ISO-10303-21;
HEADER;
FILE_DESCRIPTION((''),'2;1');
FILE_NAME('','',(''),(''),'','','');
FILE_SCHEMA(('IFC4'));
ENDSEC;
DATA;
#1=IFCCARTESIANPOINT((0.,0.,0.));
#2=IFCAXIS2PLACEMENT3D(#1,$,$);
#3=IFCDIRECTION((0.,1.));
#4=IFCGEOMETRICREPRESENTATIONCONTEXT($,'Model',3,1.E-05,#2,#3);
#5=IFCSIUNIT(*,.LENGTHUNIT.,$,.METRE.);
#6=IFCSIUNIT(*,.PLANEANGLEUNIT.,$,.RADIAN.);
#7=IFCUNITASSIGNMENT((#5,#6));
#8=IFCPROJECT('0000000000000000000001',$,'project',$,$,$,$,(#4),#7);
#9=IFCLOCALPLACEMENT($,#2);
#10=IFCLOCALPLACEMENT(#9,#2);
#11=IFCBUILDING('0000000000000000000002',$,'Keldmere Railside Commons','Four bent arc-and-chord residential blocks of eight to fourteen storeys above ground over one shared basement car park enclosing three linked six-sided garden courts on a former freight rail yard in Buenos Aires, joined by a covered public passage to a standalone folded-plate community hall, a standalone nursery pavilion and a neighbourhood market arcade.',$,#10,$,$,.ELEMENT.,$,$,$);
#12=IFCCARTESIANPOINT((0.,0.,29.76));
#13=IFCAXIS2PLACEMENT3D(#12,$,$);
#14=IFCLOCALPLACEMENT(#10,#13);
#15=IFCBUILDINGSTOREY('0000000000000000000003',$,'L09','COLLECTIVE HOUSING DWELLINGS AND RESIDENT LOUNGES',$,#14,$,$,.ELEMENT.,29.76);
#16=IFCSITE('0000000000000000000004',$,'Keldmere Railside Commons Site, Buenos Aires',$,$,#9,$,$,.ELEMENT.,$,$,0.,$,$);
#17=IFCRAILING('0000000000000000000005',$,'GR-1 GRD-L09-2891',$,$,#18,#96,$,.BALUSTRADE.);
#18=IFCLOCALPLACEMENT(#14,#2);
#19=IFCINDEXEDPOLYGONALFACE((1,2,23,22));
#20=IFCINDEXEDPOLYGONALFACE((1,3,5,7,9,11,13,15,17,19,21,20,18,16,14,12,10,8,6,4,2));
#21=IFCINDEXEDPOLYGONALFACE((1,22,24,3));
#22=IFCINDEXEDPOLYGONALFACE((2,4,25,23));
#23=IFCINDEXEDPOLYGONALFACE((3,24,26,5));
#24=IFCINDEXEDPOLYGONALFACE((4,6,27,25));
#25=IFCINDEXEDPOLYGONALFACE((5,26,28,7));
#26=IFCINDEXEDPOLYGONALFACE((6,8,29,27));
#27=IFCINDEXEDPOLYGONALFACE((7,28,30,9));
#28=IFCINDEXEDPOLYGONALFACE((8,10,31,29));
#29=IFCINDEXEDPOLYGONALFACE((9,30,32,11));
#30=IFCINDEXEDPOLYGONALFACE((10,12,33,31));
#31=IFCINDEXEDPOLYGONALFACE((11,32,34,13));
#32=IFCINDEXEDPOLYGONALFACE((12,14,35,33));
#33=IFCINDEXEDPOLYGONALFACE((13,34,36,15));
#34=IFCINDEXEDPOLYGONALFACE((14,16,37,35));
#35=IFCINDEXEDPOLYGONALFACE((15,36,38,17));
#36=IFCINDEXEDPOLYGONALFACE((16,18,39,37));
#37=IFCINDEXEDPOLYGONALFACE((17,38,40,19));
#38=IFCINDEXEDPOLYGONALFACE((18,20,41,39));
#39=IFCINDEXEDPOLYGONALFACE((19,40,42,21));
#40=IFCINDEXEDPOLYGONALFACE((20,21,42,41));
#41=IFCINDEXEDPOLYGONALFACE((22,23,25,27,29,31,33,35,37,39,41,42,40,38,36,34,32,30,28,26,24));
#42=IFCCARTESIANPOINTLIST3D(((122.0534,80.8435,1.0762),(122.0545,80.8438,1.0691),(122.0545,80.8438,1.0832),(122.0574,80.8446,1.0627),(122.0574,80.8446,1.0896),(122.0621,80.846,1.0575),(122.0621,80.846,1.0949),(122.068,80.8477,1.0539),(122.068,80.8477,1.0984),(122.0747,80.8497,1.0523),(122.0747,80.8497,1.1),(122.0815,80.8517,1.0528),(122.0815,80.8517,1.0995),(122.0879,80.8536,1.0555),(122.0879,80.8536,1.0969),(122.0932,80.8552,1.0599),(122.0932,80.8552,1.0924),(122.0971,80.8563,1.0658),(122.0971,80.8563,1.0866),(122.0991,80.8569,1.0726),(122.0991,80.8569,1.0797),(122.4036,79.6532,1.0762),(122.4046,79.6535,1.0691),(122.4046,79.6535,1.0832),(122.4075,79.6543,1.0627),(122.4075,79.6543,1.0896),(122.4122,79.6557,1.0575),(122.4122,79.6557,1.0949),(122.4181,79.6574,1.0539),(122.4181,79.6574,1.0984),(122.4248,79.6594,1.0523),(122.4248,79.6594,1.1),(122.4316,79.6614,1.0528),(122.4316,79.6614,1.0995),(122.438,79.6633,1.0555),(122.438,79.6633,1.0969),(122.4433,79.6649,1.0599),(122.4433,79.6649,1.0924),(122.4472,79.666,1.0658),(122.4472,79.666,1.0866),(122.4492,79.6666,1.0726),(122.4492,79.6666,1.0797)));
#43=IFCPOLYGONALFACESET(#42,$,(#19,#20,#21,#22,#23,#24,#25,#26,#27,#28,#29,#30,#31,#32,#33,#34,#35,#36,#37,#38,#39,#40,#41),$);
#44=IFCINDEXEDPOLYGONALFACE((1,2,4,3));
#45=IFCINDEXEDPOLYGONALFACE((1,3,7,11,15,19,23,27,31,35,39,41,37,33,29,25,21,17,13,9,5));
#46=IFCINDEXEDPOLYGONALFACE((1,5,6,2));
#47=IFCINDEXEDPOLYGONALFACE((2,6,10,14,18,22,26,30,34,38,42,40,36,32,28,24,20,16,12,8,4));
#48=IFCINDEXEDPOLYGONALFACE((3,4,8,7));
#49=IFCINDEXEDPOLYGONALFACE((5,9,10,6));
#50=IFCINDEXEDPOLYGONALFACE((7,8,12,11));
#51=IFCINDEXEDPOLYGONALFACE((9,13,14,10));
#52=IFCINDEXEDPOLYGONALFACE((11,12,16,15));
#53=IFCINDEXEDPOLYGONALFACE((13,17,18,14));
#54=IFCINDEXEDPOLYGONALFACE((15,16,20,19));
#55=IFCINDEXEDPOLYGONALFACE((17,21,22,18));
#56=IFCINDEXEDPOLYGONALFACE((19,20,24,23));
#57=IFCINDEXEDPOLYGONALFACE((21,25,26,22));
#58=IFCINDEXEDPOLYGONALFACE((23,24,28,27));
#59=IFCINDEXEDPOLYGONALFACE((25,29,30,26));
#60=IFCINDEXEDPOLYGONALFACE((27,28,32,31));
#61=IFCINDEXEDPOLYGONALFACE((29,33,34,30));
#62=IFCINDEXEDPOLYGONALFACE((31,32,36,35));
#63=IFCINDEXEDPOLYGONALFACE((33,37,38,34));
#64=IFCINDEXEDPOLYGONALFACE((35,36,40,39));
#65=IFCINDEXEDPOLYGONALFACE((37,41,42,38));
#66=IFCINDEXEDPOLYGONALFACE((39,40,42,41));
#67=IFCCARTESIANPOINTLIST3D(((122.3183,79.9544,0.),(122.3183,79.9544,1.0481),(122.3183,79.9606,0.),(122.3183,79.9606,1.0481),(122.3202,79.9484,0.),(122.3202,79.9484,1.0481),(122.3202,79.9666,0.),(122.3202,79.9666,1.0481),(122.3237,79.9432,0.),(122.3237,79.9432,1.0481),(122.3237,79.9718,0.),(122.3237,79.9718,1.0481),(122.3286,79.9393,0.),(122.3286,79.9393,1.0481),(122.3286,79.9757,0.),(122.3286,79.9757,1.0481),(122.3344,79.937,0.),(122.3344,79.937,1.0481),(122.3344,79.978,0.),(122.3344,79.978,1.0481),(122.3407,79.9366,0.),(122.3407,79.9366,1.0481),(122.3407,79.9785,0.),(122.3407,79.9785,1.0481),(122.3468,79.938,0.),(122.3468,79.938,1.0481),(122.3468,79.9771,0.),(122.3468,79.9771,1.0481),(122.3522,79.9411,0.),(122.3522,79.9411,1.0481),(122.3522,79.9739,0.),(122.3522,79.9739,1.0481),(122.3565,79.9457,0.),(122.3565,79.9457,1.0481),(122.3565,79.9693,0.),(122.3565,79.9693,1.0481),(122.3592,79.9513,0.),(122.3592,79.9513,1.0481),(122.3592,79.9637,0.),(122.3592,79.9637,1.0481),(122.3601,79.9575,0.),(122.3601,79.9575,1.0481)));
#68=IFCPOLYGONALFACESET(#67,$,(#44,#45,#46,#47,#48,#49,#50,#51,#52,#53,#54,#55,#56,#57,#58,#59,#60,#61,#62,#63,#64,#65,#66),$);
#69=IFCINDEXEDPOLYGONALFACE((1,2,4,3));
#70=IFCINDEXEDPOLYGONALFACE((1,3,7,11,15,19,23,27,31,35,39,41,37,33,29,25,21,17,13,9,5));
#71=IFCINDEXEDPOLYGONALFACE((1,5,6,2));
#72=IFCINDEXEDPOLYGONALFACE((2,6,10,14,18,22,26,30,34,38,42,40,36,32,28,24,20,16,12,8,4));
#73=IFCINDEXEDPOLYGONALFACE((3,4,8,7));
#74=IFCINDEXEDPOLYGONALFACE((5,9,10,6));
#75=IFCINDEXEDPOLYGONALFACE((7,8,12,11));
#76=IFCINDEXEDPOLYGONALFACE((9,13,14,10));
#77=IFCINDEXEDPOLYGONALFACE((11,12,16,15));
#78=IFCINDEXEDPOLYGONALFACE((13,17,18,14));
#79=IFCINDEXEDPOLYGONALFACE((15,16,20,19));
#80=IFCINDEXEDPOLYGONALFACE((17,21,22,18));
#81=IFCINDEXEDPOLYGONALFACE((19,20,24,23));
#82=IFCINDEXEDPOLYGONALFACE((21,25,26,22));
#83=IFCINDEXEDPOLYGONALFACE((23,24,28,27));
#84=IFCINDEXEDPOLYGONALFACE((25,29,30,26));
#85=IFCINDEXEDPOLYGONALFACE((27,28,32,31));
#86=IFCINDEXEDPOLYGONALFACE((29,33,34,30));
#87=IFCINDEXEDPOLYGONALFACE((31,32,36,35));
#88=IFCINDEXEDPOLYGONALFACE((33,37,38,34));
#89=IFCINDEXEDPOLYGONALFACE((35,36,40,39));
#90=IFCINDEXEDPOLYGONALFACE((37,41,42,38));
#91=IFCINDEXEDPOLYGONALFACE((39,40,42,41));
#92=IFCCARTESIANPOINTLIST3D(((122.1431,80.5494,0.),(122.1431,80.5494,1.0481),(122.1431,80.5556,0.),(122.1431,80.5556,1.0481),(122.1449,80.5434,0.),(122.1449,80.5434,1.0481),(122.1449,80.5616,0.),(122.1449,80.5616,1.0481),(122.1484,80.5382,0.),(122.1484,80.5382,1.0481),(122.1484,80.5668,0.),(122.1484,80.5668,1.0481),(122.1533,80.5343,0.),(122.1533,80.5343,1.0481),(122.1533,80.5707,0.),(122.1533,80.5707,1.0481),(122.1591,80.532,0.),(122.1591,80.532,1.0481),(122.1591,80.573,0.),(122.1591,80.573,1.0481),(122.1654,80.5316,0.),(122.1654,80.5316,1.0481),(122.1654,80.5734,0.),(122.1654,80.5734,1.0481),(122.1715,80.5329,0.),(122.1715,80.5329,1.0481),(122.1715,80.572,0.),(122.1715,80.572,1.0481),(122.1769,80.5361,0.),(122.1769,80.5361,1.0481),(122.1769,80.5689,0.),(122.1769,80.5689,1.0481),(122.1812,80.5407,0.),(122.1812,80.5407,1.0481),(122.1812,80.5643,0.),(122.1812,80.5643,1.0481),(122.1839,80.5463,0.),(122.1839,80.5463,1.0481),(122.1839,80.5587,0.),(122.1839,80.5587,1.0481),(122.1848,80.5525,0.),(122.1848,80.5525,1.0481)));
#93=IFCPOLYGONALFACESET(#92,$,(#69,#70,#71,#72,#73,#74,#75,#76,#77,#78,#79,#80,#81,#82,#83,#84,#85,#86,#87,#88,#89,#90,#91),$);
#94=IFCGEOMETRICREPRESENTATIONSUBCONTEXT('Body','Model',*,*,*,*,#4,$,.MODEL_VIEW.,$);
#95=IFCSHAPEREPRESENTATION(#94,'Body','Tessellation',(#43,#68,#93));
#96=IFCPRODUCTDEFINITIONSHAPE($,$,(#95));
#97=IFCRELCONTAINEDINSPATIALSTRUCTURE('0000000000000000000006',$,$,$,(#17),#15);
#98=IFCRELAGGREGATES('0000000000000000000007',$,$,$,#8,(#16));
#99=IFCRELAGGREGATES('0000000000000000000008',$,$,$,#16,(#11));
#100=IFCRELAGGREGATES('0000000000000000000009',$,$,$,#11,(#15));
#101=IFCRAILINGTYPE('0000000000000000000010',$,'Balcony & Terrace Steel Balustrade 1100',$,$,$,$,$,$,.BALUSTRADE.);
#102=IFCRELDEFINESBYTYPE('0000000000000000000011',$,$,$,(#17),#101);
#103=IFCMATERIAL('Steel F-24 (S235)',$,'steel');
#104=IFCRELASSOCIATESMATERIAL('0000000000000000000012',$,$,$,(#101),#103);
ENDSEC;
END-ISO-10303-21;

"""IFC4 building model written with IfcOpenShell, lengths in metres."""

from ifc_helpers import new_model, si_unit, direction, frame, origin, origin_2d, place, context, subcontext, project, spatial, circle, extrude, material, type_object, element, save


model = new_model("IFC4")

# Units and contexts
model_context = context("Model", 3, precision=1e-05, world=origin(), true_north=direction((0.0, 1.0)))
body_context = subcontext(model_context, "Body", "Model", "MODEL_VIEW")
ifc_project = project(units=[si_unit("LENGTHUNIT", "METRE"), si_unit("PLANEANGLEUNIT", "RADIAN")], contexts=[model_context])

# Site, building, storey
site_placement = place(None, origin())
site = spatial("IfcSite", under=ifc_project, at=site_placement, Name="Keldmere Railside Commons Site, Buenos Aires", CompositionType="ELEMENT", RefElevation=0.0)
building_placement = place(site_placement, origin())
building = spatial("IfcBuilding", under=site, at=building_placement, Name="Keldmere Railside Commons", Description="Four bent arc-and-chord residential blocks of eight to fourteen storeys above ground over one shared basement car park enclosing three linked six-sided garden courts on a former freight rail yard in Buenos Aires, joined by a covered public passage to a standalone folded-plate community hall, a standalone nursery pavilion and a neighbourhood market arcade.", CompositionType="ELEMENT")
storey_placement = place(building_placement, frame((0.0, 0.0, 29.76)))
storey = spatial("IfcBuildingStorey", under=building, at=storey_placement, Name="L09", Description="COLLECTIVE HOUSING DWELLINGS AND RESIDENT LOUNGES", CompositionType="ELEMENT", Elevation=29.76)

# Railing
ifc_material_1 = material(Name="Steel F-24 (S235)", Category="steel")
railing_type = type_object("IfcRailingType", Name="Balcony & Terrace Steel Balustrade 1100", PredefinedType="BALUSTRADE", material=ifc_material_1)
railing_1_placement = place(storey_placement, frame((122.4265, 79.6599, 0.0)))
element("IfcRailing", 1, at=railing_1_placement, inside=storey, type_object=railing_type, Name="GR-1 GRD-L09-2891", PredefinedType="BALUSTRADE", context=body_context, shape_type="SweptSolid", body=[
    extrude(circle(Radius=0.0239, at=origin_2d()), frame((0.0, 0.0, 1.0762), z_axis=(-0.282198, 0.959356, 0.0), x_axis=(-0.959356, -0.282198, 0.0)), (0.0, 0.0, 1.0), 1.2407),
    extrude(circle(Radius=0.021, at=origin_2d()), frame((-0.0874, 0.2976, 0.0)), (0.0, 0.0, 1.0), 1.0481),
    extrude(circle(Radius=0.021, at=origin_2d()), frame((-0.2627, 0.8926, 0.0)), (0.0, 0.0, 1.0), 1.0481),
])

save(model, "model.ifc")
